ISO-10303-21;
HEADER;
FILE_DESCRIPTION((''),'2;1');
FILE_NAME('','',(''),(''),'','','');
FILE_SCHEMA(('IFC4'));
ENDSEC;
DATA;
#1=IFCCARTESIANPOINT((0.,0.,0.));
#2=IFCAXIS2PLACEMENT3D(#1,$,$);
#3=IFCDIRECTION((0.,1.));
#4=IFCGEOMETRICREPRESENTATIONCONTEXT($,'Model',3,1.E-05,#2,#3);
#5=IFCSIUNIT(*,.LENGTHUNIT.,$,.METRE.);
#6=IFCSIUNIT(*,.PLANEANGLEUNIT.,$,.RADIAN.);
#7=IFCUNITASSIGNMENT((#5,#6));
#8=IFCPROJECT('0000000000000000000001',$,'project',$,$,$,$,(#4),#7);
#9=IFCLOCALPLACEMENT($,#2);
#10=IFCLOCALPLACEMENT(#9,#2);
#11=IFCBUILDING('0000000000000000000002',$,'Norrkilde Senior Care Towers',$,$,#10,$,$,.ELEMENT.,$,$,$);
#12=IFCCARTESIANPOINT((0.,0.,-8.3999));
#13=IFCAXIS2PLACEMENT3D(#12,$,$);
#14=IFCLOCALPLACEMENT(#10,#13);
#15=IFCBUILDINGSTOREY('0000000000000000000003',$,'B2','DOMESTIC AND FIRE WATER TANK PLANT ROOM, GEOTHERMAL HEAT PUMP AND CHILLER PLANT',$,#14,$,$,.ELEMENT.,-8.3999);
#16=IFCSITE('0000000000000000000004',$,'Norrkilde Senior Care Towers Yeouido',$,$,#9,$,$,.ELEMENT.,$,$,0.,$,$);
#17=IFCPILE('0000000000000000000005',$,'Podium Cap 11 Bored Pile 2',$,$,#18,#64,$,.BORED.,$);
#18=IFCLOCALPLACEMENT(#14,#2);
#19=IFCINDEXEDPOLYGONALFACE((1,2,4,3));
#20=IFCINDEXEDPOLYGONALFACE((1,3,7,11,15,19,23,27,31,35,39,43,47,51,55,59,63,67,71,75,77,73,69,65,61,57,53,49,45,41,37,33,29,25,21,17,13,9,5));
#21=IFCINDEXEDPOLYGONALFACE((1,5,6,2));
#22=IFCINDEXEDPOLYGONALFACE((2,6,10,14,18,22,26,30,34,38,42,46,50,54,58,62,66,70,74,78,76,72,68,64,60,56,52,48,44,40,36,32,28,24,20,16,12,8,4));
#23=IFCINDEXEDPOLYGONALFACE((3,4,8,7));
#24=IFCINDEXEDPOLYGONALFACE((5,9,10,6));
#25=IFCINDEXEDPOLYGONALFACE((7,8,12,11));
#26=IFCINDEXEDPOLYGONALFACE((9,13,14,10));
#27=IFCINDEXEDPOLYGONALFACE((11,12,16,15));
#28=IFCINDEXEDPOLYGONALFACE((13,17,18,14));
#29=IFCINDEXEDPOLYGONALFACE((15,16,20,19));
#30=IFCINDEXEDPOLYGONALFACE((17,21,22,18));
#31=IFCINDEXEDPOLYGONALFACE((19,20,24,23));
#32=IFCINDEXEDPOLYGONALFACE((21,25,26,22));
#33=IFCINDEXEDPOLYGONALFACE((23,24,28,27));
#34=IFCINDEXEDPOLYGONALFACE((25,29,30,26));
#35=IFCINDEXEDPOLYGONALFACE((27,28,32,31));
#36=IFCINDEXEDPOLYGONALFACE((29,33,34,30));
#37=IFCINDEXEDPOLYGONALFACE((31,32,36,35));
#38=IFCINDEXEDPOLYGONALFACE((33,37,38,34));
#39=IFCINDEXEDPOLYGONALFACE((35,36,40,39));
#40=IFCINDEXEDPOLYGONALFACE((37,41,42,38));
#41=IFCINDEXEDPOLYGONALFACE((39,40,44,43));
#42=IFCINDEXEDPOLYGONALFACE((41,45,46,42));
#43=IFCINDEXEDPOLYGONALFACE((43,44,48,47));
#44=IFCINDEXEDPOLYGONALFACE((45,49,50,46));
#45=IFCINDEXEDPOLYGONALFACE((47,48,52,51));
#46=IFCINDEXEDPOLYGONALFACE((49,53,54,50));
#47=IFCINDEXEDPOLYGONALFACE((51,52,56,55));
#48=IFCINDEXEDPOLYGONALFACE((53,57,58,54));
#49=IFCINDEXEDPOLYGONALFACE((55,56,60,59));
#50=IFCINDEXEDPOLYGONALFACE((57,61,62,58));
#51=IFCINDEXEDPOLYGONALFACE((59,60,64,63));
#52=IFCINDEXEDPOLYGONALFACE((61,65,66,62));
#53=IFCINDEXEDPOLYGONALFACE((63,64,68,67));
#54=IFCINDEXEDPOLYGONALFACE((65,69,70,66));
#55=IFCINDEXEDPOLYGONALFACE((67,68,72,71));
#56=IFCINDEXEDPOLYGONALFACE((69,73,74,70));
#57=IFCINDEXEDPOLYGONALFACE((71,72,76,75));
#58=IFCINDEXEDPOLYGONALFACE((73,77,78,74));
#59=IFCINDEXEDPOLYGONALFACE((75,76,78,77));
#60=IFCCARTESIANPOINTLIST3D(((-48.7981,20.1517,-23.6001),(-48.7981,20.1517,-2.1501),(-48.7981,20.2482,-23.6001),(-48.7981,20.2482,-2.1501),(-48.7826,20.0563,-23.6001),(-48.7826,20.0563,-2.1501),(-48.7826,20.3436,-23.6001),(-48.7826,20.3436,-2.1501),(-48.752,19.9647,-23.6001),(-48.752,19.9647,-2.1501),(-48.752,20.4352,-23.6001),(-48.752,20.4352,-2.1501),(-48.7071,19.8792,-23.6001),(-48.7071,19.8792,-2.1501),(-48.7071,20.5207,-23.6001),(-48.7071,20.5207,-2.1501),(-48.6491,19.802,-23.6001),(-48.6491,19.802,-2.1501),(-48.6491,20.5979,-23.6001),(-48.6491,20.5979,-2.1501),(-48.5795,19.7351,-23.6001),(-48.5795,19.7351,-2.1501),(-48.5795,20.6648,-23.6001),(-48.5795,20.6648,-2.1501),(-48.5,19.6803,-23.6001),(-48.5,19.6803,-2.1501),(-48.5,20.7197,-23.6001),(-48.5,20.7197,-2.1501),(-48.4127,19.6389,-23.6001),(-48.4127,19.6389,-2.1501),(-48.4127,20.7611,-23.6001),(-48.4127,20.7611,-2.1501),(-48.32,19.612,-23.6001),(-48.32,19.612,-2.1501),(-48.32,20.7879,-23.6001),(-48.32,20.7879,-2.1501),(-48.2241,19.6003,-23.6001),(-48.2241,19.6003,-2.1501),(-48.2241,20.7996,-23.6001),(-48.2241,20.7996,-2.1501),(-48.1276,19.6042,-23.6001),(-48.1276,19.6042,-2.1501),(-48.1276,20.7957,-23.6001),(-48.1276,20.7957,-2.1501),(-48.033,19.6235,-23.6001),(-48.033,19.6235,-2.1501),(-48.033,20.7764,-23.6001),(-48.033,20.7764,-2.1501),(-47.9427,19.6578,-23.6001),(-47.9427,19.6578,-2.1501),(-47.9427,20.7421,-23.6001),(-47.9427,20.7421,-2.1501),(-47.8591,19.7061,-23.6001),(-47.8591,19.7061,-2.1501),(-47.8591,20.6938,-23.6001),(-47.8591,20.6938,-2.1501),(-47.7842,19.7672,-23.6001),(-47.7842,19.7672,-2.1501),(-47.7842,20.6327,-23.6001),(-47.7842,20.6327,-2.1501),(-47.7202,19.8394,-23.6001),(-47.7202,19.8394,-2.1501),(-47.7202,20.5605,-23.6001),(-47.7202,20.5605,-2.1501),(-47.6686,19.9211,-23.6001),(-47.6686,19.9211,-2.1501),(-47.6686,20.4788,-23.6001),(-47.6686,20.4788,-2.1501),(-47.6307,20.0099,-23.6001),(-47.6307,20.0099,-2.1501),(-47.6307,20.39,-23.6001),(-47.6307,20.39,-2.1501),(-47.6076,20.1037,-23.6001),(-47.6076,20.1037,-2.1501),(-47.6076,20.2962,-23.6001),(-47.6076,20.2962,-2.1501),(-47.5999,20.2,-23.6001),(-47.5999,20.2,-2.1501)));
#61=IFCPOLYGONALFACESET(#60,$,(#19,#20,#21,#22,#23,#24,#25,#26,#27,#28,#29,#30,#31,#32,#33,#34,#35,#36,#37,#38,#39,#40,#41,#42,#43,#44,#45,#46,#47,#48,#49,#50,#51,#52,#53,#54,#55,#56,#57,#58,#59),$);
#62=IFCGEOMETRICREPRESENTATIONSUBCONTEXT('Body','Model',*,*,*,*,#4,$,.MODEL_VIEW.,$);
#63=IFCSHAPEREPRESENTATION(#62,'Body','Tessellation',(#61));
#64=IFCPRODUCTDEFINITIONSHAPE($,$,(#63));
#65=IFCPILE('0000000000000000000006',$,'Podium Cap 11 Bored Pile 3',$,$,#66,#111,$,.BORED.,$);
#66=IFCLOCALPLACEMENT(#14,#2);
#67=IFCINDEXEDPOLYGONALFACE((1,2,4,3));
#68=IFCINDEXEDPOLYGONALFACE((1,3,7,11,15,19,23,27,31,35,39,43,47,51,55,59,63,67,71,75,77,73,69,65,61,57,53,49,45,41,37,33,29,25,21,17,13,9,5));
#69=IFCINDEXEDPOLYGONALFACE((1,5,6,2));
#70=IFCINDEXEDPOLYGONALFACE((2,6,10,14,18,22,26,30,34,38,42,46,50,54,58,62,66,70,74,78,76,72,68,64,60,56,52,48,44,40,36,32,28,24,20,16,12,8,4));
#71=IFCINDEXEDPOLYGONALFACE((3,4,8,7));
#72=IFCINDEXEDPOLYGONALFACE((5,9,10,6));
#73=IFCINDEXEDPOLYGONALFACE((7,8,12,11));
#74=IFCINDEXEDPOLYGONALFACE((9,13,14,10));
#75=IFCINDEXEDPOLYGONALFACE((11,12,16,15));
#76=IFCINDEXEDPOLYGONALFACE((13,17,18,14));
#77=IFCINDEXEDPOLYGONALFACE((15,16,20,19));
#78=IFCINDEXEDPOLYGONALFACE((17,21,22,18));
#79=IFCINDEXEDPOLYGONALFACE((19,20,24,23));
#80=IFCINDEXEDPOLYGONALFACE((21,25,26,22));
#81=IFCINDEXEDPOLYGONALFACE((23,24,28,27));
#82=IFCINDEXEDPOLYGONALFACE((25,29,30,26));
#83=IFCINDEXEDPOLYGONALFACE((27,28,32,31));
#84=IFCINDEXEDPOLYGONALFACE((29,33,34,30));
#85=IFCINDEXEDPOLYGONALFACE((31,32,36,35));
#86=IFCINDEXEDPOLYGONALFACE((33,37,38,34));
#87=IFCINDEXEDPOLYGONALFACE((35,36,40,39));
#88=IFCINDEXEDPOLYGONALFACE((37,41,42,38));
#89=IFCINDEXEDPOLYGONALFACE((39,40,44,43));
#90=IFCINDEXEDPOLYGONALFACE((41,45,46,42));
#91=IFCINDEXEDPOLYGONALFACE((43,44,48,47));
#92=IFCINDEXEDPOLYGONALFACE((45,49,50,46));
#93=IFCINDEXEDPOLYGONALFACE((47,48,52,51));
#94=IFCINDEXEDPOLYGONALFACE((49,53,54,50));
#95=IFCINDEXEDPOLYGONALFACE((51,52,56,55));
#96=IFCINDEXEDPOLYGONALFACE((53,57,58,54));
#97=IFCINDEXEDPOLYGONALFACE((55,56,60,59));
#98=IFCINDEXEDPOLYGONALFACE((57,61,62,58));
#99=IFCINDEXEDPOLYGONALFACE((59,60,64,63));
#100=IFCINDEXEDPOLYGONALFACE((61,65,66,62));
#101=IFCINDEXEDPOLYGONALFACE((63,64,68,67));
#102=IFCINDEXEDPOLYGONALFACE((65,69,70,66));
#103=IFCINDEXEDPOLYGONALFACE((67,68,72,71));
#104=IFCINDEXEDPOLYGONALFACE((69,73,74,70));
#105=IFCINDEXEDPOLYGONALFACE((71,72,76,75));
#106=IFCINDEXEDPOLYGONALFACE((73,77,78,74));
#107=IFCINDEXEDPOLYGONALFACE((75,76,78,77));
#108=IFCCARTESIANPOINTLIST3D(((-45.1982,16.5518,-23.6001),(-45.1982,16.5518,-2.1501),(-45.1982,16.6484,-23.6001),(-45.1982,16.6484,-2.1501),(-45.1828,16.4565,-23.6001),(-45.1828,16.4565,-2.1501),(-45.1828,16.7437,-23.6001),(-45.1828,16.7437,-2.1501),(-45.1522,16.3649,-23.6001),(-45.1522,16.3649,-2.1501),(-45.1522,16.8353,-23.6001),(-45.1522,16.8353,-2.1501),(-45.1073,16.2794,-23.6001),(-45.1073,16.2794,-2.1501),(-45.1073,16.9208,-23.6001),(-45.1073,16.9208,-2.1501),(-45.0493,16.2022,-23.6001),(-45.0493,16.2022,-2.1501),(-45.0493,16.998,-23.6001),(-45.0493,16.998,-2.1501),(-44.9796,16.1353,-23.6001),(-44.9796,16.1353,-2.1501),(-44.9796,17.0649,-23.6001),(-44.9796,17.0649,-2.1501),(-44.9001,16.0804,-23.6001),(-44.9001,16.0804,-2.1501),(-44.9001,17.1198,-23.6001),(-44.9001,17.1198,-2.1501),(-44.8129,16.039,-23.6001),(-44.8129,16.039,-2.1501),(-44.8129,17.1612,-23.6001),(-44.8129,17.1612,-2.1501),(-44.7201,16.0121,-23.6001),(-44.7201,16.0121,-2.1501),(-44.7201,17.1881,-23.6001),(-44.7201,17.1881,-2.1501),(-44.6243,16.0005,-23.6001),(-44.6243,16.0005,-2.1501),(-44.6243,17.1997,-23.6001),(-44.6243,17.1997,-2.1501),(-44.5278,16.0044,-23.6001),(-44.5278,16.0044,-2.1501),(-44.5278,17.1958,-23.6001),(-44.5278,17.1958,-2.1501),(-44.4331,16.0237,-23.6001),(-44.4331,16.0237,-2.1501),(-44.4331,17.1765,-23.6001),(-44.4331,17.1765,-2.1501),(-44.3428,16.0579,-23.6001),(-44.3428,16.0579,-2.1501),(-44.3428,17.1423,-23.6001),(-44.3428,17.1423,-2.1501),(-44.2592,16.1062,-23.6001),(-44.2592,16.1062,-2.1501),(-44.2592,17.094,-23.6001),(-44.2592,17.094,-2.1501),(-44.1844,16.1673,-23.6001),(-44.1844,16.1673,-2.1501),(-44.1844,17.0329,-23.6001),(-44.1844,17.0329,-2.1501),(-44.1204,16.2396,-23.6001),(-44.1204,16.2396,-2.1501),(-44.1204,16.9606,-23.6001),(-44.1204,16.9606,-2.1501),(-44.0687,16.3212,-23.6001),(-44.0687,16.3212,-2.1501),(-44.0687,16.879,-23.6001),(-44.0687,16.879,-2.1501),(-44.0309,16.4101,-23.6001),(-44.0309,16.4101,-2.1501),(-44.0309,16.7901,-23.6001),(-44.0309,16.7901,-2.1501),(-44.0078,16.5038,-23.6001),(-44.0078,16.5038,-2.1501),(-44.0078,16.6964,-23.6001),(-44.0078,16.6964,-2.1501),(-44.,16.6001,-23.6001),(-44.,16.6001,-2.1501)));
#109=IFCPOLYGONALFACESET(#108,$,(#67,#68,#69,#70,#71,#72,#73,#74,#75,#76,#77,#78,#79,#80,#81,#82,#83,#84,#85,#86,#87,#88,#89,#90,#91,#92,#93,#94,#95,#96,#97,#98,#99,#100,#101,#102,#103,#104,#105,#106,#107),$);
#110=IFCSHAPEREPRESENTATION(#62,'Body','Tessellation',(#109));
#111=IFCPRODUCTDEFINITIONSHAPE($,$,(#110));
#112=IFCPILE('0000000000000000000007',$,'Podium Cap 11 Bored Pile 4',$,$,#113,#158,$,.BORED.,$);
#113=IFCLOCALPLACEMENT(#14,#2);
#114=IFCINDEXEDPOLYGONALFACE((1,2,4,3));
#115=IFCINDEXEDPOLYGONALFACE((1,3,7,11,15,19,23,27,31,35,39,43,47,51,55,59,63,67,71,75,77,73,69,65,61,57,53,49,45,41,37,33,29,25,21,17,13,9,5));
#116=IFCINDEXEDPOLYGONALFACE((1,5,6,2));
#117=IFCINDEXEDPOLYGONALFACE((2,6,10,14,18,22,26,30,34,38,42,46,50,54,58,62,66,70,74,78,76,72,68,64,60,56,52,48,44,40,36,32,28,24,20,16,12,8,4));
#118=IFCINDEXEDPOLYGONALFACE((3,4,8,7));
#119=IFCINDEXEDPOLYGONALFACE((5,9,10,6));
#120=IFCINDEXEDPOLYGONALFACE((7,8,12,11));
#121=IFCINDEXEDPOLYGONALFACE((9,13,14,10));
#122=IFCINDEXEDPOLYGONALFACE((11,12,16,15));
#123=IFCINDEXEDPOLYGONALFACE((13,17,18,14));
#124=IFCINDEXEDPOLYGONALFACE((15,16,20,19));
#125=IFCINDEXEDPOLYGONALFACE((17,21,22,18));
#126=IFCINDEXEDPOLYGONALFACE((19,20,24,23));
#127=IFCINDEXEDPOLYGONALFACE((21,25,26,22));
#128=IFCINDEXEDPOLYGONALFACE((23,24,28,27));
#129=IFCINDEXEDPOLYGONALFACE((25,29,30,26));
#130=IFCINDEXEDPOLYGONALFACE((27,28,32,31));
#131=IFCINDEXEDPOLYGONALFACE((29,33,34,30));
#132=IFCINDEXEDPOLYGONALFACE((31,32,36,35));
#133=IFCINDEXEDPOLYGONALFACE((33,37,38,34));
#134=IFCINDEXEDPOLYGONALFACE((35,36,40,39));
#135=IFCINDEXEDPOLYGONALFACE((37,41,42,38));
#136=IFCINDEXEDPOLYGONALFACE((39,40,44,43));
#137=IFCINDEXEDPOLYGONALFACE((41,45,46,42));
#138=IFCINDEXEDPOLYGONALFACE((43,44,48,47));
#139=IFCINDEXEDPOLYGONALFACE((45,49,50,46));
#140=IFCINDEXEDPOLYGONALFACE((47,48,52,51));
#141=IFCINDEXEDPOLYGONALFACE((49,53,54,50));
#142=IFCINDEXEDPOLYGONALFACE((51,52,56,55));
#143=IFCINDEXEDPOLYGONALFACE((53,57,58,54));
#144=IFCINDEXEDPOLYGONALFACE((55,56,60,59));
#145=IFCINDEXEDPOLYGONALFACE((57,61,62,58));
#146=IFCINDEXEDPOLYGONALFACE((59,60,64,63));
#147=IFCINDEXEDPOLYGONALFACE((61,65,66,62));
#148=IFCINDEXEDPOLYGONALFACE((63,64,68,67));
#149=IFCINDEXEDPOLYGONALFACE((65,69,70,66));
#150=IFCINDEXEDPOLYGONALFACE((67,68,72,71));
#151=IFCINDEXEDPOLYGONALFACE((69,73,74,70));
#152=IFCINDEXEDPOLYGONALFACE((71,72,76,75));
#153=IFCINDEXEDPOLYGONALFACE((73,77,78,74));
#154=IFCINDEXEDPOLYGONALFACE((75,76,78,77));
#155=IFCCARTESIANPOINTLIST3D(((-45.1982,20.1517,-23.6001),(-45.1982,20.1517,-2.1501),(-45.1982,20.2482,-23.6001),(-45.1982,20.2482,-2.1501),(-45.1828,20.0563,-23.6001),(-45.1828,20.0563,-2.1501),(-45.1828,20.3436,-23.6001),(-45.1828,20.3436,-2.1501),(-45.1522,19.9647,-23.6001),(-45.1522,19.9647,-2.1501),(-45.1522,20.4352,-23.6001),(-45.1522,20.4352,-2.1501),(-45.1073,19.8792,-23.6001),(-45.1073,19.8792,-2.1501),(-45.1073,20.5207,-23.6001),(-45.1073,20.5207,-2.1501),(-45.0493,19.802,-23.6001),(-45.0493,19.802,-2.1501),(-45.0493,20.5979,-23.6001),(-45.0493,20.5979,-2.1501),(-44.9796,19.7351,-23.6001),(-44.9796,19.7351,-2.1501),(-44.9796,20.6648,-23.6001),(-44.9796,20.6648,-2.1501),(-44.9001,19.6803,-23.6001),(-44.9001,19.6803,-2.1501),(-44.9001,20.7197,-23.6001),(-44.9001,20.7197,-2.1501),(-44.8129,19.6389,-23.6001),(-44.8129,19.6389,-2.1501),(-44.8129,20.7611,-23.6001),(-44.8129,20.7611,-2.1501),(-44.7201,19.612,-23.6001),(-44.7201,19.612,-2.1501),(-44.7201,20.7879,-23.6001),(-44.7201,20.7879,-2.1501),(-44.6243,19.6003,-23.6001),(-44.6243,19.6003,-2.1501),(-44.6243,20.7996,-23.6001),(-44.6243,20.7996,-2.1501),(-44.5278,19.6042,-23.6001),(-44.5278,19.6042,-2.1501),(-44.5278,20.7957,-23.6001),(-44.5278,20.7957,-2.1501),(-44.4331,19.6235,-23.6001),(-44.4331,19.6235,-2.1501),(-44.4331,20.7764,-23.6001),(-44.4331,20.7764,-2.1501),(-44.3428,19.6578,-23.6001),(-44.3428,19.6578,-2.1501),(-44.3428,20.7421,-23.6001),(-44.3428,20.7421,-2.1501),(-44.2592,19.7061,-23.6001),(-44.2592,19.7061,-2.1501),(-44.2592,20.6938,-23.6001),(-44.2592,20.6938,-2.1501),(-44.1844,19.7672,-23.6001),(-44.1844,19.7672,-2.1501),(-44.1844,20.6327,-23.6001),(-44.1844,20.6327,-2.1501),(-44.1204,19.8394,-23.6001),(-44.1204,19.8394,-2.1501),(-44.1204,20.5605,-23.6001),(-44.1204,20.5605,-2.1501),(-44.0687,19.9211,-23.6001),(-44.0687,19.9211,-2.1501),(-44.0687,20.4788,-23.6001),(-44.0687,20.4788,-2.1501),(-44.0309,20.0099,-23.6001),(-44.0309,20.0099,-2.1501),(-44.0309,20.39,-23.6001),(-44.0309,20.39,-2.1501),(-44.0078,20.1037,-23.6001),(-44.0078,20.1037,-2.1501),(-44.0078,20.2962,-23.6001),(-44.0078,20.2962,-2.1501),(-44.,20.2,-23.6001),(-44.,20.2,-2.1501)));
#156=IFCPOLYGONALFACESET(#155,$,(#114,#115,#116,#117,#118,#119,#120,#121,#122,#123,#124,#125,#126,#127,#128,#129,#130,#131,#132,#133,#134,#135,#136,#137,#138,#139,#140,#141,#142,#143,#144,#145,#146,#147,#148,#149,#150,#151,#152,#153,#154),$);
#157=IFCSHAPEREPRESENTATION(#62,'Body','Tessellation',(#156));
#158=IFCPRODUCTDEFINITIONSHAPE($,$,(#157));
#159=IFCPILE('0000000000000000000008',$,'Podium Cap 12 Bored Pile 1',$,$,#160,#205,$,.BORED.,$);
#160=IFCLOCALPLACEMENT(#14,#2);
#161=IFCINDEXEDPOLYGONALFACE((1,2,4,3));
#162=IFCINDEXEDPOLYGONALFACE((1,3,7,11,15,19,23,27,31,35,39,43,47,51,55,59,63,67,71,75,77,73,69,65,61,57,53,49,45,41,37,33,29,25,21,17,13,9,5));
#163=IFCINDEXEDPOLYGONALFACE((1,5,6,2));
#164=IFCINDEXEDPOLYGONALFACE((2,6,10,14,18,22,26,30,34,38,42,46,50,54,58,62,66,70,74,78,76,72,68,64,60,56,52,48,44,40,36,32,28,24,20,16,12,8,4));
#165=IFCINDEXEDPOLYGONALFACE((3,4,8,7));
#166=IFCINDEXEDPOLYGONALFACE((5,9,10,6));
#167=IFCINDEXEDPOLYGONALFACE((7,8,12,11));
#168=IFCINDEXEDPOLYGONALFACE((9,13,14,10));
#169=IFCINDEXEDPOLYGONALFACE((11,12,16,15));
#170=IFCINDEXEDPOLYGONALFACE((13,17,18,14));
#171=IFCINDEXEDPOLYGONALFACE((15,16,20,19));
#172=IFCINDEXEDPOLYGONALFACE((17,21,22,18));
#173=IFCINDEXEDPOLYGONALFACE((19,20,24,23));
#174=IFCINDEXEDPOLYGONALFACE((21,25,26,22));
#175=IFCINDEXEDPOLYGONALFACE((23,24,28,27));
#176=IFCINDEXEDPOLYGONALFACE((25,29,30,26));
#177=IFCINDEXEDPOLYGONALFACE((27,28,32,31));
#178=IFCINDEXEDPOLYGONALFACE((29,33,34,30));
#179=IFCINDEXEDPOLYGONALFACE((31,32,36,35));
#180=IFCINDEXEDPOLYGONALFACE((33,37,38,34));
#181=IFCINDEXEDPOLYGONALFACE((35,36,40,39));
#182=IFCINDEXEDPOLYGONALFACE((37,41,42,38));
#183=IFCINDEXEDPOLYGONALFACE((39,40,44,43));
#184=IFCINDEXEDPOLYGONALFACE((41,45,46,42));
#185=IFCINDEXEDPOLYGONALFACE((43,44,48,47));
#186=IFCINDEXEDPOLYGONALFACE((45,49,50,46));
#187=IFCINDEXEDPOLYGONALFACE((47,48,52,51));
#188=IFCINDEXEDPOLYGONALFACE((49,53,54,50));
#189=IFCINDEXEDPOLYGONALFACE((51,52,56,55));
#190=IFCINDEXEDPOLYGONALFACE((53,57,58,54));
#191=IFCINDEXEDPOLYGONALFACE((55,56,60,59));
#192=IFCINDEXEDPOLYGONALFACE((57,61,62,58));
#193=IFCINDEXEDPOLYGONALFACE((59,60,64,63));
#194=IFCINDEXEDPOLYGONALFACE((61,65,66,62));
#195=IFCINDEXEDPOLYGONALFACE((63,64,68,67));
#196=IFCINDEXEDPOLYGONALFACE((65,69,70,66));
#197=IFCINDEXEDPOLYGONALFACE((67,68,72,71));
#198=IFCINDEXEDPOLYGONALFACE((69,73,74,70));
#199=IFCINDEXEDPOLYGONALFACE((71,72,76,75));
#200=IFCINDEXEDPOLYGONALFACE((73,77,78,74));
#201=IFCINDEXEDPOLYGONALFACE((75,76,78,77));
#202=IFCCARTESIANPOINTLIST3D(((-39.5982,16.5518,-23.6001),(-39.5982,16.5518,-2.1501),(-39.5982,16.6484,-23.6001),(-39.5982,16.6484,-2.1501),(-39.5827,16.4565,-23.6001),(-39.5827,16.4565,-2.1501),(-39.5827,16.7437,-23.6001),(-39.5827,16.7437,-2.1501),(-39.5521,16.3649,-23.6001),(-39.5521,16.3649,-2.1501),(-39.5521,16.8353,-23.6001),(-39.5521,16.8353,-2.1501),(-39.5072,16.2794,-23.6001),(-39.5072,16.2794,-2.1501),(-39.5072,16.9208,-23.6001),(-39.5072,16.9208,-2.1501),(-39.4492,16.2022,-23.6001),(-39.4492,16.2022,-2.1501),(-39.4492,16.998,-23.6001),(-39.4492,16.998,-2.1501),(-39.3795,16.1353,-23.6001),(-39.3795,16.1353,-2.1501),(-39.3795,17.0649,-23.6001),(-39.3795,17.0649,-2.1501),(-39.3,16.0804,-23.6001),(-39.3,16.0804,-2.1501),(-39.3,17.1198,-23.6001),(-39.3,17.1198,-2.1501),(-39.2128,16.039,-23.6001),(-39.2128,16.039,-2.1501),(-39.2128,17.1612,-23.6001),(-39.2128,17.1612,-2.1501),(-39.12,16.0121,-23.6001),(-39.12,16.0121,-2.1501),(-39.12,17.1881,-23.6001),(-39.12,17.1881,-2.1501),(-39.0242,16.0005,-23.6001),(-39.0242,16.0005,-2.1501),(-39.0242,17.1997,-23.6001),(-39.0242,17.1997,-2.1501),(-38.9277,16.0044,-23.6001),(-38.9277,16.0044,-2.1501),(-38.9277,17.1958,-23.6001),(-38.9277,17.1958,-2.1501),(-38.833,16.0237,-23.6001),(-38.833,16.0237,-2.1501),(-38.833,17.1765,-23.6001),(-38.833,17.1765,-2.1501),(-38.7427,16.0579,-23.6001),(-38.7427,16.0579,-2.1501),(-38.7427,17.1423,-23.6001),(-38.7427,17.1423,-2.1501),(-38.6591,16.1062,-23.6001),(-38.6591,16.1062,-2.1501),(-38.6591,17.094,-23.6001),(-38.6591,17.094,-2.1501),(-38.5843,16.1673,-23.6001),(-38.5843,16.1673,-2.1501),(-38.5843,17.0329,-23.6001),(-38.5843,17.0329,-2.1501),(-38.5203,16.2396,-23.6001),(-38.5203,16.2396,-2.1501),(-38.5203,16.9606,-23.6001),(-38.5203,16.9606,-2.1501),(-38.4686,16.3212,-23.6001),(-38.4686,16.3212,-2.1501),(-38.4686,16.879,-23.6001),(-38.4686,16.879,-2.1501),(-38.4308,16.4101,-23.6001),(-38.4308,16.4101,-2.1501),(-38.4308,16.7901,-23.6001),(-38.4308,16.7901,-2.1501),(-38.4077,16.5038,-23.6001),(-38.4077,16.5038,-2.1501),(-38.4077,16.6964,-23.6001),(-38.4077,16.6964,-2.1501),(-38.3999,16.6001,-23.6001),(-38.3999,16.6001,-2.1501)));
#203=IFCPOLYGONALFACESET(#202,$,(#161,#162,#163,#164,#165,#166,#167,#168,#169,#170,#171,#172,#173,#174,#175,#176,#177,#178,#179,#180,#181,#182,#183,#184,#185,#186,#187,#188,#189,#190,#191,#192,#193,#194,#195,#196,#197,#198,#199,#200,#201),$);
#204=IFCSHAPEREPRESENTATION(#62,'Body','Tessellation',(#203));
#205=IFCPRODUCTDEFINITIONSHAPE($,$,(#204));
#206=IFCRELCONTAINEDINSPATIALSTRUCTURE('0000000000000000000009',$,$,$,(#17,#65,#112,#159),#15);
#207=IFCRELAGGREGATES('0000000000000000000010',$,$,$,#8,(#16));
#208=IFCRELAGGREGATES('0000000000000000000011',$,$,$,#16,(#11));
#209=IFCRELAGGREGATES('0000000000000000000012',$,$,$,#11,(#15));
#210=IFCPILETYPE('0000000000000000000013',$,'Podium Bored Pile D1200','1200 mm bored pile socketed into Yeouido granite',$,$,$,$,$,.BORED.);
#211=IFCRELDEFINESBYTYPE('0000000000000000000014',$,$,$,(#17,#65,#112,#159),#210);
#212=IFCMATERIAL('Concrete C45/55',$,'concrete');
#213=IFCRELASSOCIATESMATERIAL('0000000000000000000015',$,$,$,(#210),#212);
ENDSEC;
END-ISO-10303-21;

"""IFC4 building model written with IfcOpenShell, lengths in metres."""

from ifc_helpers import new_model, si_unit, direction, frame, origin, origin_2d, place, context, subcontext, project, spatial, circle, extrude, source, transform, mapped, material, material_profile, profile_set, type_object, element, save


model = new_model("IFC4")

# Units and contexts
model_context = context("Model", 3, precision=1e-05, world=origin(), true_north=direction((0.0, 1.0)))
body_context = subcontext(model_context, "Body", "Model", "MODEL_VIEW")
ifc_project = project(units=[si_unit("LENGTHUNIT", "METRE"), si_unit("PLANEANGLEUNIT", "RADIAN")], contexts=[model_context])

# Site, building, storey
site_placement = place(None, origin())
site = spatial("IfcSite", under=ifc_project, at=site_placement, Name="Norrkilde Senior Care Towers Yeouido", CompositionType="ELEMENT", RefElevation=0.0)
building_placement = place(site_placement, origin())
building = spatial("IfcBuilding", under=site, at=building_placement, Name="Norrkilde Senior Care Towers", CompositionType="ELEMENT")
storey_placement = place(building_placement, frame((0.0, 0.0, -8.3999)))
storey = spatial("IfcBuildingStorey", under=building, at=storey_placement, Name="B2", Description="DOMESTIC AND FIRE WATER TANK PLANT ROOM, GEOTHERMAL HEAT PUMP AND CHILLER PLANT", CompositionType="ELEMENT", Elevation=-8.3999)

# Piles
ifc_material_1 = material(Name="Concrete C45/55", Category="concrete")
ifc_material_profile_1 = material_profile(ifc_material_1, circle(Radius=0.6001, at=origin_2d()), Name="BORED PILE 1200")
ifc_profile_set_1 = profile_set([ifc_material_profile_1], Name="Concrete C45/55")
pile_type_1 = type_object("IfcPileType", Name="Podium Bored Pile D1200", Description="1200 mm bored pile socketed into Yeouido granite", PredefinedType="BORED", material=ifc_profile_set_1)
shared_shape_1 = source(origin(), body_context, "Body", "SweptSolid", [
    extrude(circle(Radius=0.6001, at=origin_2d()), origin(), (0.0, 0.0, 1.0), 21.45),
])
for number, where, z_axis, x_axis, name in (
    (1, (-48.2, 20.2, -2.1501), (0.0, 0.0, -1.0), (1.0, 0.0, 0.0), "Podium Cap 11 Bored Pile 2"),
    (2, (-44.6001, 16.6001, -2.1501), (0.0, 0.0, -1.0), (1.0, 0.0, 0.0), "Podium Cap 11 Bored Pile 3"),
    (3, (-44.6001, 20.2, -2.1501), (0.0, 0.0, -1.0), (1.0, 0.0, 0.0), "Podium Cap 11 Bored Pile 4"),
    (4, (-39.0, 16.6001, -2.1501), (0.0, 0.0, -1.0), (1.0, 0.0, 0.0), "Podium Cap 12 Bored Pile 1"),
):
    element("IfcPile", number, at=place(storey_placement, frame(where, z_axis=z_axis, x_axis=x_axis)), inside=storey, type_object=pile_type_1, Name=name, PredefinedType="BORED", context=body_context, shape_type="MappedRepresentation", body=[
        mapped(shared_shape_1, transform((0.0, 0.0, 0.0), x_axis=(1.0, 0.0, 0.0), y_axis=(0.0, 1.0, 0.0), z_axis=(0.0, 0.0, 1.0), scale=1.0)),
    ])

save(model, "model.ifc")
